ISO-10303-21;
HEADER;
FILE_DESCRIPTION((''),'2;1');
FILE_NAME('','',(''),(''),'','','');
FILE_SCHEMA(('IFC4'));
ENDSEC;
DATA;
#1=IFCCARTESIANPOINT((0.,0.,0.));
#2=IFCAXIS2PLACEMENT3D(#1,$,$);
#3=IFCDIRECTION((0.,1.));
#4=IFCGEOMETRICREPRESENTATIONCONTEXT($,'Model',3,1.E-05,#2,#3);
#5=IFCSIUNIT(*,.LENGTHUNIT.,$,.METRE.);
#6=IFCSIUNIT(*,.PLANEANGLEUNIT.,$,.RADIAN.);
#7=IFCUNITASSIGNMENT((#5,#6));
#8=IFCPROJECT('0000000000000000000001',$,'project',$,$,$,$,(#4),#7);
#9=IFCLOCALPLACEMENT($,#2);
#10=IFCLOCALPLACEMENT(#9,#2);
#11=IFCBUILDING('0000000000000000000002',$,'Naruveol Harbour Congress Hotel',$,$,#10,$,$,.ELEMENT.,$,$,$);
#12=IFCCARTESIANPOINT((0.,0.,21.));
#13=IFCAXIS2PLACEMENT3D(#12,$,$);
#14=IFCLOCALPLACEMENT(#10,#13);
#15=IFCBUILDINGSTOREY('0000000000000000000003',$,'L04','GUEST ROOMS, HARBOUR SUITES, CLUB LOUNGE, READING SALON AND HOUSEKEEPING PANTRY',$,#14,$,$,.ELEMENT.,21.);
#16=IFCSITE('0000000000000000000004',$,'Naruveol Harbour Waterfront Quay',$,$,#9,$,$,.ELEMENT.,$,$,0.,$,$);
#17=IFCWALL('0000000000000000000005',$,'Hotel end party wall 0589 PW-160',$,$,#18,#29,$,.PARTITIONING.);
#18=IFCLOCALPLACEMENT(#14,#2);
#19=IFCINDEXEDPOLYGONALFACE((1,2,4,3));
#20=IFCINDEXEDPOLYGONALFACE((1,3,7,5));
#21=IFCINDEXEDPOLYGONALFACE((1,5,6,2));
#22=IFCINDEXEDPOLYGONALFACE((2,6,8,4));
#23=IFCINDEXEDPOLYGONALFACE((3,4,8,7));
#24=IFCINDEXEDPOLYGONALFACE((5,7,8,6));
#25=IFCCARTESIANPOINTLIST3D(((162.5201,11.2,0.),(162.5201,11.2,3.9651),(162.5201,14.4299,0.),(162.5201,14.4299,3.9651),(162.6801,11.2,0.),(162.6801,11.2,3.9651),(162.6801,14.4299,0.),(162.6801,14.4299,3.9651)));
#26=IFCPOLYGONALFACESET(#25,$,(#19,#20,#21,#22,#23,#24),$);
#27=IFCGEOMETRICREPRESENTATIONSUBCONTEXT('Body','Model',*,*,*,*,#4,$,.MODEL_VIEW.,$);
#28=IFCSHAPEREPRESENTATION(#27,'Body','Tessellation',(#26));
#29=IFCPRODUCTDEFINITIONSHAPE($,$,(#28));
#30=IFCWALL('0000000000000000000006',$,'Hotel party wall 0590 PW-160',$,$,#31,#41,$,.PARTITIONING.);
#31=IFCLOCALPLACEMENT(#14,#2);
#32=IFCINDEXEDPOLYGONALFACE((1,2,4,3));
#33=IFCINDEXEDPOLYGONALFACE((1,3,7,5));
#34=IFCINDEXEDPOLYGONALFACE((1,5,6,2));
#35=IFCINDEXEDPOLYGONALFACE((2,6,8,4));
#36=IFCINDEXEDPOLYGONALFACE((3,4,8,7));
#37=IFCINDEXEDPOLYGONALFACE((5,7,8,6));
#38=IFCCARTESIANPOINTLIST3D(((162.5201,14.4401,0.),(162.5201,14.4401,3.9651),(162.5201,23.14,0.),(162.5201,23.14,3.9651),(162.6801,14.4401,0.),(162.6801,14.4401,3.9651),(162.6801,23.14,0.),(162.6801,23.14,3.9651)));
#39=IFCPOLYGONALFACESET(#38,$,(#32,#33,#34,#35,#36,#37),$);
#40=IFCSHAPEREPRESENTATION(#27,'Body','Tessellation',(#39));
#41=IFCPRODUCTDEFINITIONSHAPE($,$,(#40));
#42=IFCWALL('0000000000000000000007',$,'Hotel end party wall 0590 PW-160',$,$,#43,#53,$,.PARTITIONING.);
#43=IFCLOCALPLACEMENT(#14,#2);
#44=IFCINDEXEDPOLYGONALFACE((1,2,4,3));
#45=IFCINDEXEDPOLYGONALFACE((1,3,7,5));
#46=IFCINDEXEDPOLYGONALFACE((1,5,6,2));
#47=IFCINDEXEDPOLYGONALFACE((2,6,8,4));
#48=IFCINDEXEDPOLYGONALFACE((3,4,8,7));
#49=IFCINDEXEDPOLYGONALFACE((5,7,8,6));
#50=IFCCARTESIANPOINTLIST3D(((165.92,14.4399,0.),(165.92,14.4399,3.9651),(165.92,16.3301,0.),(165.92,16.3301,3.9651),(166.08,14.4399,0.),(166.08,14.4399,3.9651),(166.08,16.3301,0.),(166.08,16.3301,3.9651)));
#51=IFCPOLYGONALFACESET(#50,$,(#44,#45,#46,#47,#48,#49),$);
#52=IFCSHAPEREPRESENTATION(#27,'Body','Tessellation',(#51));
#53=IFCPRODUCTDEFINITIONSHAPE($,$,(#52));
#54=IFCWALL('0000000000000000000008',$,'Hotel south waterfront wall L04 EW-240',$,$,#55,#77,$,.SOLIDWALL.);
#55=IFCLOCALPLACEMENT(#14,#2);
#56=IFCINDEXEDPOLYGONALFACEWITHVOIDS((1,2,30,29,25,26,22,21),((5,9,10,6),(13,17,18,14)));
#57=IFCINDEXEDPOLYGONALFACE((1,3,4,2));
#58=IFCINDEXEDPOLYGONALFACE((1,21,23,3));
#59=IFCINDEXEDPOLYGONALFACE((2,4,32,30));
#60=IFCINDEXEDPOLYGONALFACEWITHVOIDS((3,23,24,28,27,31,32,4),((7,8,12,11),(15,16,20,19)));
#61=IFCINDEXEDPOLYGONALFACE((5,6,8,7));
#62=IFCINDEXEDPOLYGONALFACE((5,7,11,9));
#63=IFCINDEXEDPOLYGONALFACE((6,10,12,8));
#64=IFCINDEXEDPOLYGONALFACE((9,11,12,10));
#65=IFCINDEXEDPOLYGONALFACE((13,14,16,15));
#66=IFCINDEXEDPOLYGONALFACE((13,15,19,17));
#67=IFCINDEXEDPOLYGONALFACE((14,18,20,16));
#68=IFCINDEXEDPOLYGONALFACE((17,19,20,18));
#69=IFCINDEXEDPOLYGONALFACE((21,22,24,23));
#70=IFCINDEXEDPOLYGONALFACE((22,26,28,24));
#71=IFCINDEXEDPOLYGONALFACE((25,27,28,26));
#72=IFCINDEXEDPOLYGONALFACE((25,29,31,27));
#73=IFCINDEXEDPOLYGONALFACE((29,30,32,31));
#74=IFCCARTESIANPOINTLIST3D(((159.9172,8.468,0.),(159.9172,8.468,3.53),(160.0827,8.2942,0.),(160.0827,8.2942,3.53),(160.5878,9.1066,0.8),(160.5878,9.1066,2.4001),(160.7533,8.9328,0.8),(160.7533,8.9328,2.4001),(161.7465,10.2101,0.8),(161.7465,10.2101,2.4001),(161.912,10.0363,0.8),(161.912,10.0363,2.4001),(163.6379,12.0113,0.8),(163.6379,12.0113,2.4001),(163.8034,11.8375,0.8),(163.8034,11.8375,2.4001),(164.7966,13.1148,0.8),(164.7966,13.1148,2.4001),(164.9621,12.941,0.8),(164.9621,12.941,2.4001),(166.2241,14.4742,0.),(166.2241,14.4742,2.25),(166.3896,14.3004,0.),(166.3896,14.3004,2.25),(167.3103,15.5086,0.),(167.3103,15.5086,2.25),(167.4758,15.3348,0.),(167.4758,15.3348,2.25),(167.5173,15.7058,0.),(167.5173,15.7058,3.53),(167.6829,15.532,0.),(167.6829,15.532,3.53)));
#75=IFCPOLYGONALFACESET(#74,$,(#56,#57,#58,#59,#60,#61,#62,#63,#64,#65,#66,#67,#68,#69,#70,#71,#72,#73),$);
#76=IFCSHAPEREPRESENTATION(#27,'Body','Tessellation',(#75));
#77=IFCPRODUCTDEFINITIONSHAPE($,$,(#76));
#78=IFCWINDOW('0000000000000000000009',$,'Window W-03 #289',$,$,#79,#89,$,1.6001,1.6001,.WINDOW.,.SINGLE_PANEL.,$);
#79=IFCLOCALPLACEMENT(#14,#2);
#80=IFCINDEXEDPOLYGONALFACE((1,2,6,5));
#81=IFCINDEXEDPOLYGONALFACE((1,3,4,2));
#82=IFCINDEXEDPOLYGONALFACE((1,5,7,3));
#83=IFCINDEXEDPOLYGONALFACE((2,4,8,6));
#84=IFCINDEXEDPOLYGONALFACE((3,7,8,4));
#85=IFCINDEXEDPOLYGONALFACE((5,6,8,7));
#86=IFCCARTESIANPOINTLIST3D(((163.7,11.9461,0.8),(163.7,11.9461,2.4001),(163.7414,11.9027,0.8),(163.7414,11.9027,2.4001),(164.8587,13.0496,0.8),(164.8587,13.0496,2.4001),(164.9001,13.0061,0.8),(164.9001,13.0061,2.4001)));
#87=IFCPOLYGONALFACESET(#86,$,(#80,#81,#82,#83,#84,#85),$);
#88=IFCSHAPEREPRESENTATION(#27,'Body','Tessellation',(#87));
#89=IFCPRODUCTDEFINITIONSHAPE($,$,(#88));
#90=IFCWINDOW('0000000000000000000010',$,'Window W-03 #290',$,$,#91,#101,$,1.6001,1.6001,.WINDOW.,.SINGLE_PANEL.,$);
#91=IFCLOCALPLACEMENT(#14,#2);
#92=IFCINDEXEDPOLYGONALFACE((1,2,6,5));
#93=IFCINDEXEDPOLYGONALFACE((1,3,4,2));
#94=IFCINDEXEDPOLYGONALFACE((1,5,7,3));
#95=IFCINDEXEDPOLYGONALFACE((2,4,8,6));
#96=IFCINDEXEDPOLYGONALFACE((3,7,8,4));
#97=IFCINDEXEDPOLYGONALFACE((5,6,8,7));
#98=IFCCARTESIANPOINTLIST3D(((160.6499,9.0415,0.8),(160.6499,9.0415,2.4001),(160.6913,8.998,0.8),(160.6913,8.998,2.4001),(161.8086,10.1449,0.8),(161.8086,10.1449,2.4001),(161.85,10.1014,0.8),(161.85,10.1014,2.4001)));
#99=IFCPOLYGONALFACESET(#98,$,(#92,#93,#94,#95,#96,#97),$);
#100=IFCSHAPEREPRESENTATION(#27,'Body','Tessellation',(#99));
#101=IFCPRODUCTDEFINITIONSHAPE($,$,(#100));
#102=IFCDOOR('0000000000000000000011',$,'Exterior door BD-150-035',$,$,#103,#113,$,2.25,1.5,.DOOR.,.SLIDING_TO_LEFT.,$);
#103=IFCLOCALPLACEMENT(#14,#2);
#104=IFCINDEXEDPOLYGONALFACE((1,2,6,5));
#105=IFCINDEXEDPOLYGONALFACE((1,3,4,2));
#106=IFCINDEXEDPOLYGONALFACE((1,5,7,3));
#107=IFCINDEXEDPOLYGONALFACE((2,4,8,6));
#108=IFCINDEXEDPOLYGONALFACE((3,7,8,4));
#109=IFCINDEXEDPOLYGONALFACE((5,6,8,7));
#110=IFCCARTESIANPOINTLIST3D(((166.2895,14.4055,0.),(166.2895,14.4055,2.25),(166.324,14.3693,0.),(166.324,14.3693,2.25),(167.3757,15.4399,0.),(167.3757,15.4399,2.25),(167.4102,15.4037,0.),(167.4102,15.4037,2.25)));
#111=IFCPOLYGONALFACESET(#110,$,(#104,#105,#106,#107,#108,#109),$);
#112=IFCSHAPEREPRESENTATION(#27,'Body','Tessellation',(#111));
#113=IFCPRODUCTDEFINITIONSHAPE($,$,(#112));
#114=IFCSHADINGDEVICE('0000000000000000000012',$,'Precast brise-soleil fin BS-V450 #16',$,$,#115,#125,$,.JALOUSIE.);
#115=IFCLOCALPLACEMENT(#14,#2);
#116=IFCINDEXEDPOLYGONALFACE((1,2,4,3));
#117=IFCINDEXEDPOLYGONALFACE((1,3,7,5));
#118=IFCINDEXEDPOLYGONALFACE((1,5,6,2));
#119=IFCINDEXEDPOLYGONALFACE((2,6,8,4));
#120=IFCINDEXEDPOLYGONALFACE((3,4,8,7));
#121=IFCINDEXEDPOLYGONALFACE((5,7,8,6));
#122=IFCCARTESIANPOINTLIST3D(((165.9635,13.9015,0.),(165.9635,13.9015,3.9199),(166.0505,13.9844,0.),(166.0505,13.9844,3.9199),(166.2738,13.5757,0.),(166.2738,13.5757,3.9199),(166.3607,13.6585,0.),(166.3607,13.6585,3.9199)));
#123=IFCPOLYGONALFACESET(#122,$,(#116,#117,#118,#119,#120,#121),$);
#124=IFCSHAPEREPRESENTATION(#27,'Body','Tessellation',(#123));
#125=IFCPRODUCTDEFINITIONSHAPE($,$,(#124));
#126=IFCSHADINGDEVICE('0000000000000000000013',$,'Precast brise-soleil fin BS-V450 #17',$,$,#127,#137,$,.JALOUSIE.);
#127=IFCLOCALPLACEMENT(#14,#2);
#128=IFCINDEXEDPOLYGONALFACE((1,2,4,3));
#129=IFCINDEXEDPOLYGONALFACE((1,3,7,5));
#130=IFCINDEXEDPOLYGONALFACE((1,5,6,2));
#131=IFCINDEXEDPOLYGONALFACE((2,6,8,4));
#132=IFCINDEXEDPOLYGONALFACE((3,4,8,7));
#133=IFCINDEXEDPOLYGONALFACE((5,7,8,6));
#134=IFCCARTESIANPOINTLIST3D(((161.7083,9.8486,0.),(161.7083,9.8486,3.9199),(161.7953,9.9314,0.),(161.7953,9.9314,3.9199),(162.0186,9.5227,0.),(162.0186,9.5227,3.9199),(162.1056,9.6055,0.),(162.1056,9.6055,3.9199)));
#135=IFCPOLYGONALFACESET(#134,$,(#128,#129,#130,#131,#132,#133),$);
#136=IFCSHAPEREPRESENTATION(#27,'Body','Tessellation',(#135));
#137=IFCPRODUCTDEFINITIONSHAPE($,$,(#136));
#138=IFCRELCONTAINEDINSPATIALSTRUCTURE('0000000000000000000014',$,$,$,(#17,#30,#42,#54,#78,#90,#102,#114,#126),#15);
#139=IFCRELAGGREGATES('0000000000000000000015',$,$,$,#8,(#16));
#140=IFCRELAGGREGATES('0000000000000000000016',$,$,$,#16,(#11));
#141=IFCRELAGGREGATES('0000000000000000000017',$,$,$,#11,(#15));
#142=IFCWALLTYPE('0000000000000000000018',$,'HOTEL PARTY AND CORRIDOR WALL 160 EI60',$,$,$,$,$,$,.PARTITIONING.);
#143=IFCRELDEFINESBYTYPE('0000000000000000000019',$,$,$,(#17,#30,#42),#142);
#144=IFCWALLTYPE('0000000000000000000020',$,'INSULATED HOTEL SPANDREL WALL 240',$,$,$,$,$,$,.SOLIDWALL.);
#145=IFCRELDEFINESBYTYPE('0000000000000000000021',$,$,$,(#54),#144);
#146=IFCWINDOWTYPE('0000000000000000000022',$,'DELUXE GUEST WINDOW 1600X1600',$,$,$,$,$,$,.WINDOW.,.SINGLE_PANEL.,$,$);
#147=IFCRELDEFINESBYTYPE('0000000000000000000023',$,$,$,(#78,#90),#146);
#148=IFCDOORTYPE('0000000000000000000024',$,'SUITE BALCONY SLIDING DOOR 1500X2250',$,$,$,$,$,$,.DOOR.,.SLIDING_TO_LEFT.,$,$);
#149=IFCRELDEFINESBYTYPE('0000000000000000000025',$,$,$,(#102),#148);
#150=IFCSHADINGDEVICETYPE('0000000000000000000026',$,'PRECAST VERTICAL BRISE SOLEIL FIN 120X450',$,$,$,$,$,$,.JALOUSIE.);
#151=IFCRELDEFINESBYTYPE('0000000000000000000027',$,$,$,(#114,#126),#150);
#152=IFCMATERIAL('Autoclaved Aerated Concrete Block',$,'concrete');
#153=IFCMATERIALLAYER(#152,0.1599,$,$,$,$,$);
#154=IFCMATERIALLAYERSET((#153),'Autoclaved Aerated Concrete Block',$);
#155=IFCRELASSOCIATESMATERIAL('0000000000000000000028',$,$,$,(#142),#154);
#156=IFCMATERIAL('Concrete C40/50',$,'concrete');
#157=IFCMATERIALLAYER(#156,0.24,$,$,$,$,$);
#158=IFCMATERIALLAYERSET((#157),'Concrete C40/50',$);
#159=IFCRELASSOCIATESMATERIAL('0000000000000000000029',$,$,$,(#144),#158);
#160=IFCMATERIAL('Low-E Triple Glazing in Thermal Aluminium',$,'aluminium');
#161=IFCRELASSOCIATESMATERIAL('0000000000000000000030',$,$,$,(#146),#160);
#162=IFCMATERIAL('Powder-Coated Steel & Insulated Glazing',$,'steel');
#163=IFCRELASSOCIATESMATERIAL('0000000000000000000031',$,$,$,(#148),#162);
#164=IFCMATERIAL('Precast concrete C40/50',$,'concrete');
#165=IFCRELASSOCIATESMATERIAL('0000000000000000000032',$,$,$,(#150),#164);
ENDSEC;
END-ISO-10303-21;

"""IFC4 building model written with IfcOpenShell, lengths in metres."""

from ifc_helpers import new_model, si_unit, direction, frame, frame_2d, origin, origin_2d, place, context, subcontext, project, spatial, rectangle, extrude, material, layer, layer_set, type_object, element, fill, save


model = new_model("IFC4")

# Units and contexts
model_context = context("Model", 3, precision=1e-05, world=origin(), true_north=direction((0.0, 1.0)))
body_context = subcontext(model_context, "Body", "Model", "MODEL_VIEW")
ifc_project = project(units=[si_unit("LENGTHUNIT", "METRE"), si_unit("PLANEANGLEUNIT", "RADIAN")], contexts=[model_context])

# Site, building, storey
site_placement = place(None, origin())
site = spatial("IfcSite", under=ifc_project, at=site_placement, Name="Naruveol Harbour Waterfront Quay", CompositionType="ELEMENT", RefElevation=0.0)
building_placement = place(site_placement, origin())
building = spatial("IfcBuilding", under=site, at=building_placement, Name="Naruveol Harbour Congress Hotel", CompositionType="ELEMENT")
storey_placement = place(building_placement, frame((0.0, 0.0, 21.0)))
storey = spatial("IfcBuildingStorey", under=building, at=storey_placement, Name="L04", Description="GUEST ROOMS, HARBOUR SUITES, CLUB LOUNGE, READING SALON AND HOUSEKEEPING PANTRY", CompositionType="ELEMENT", Elevation=21.0)

# Shared definitions
ifc_material_1 = material(Name="Autoclaved Aerated Concrete Block", Category="concrete")
ifc_layer_1 = layer(ifc_material_1, 0.1599)
ifc_layer_set_1 = layer_set([ifc_layer_1], Name="Autoclaved Aerated Concrete Block")
wall_type_1 = type_object("IfcWallType", Name="HOTEL PARTY AND CORRIDOR WALL 160 EI60", PredefinedType="PARTITIONING", material=ifc_layer_set_1)

# Walls
wall_1_placement = place(storey_placement, frame((162.6001, 11.2, 0.0), z_axis=(0.0, 0.0, 1.0), x_axis=(0.0, 1.0, 0.0)))
element("IfcWall", 1, at=wall_1_placement, inside=storey, type_object=wall_type_1, Name="Hotel end party wall 0589 PW-160", PredefinedType="PARTITIONING", context=body_context, shape_type="SweptSolid", body=[
    extrude(rectangle(XDim=3.23, YDim=0.1599, at=frame_2d((1.615, 0.0))), origin(), (0.0, 0.0, 1.0), 3.9651),
])
wall_2_placement = place(storey_placement, frame((162.6001, 14.4399, 0.0), z_axis=(0.0, 0.0, 1.0), x_axis=(0.0, 1.0, 0.0)))
element("IfcWall", 2, at=wall_2_placement, inside=storey, type_object=wall_type_1, Name="Hotel party wall 0590 PW-160", PredefinedType="PARTITIONING", context=body_context, shape_type="SweptSolid", body=[
    extrude(rectangle(XDim=8.7, YDim=0.1599, at=frame_2d((4.3501, 0.0))), origin(), (0.0, 0.0, 1.0), 3.9651),
])
wall_3_placement = place(storey_placement, frame((166.0, 14.4399, 0.0), z_axis=(0.0, 0.0, 1.0), x_axis=(0.0, 1.0, 0.0)))
element("IfcWall", 3, at=wall_3_placement, inside=storey, type_object=wall_type_1, Name="Hotel end party wall 0590 PW-160", PredefinedType="PARTITIONING", context=body_context, shape_type="SweptSolid", body=[
    extrude(rectangle(XDim=1.8901, YDim=0.1599, at=frame_2d((0.9451, 0.0))), origin(), (0.0, 0.0, 1.0), 3.9651),
])

# Wall, openings, windows, door
ifc_material_2 = material(Name="Concrete C40/50", Category="concrete")
ifc_layer_2 = layer(ifc_material_2, 0.24)
ifc_layer_set_2 = layer_set([ifc_layer_2], Name="Concrete C40/50")
wall_type_2 = type_object("IfcWallType", Name="INSULATED HOTEL SPANDREL WALL 240", PredefinedType="SOLIDWALL", material=ifc_layer_set_2)
wall_4_placement = place(storey_placement, frame((167.6001, 15.6189, 0.0), z_axis=(0.0, 0.0, 1.0), x_axis=(-0.724157, -0.689635, 0.0)))
wall_4 = element("IfcWall", 4, at=wall_4_placement, inside=storey, type_object=wall_type_2, Name="Hotel south waterfront wall L04 EW-240", PredefinedType="SOLIDWALL", context=body_context, shape_type="SweptSolid", body=[
    extrude(rectangle(XDim=10.4951, YDim=0.24, at=frame_2d((5.2476, 0.0))), origin(), (0.0, 0.0, 1.0), 3.53),
])
opening_1_placement = place(wall_4_placement, frame((0.2859, 0.0, 0.0)))
opening_1 = element("IfcOpeningElement", 5, at=opening_1_placement, cuts=wall_4, PredefinedType="OPENING", context=body_context, shape_type="SweptSolid", body=[
    extrude(rectangle(XDim=1.5, YDim=2.25, at=frame_2d((0.75, 1.125))), frame((0.0, 0.1299, 0.0), z_axis=(0.0, -1.0, 0.0), x_axis=(1.0, 0.0, 0.0)), (0.0, 0.0, 1.0), 0.26),
])
opening_2_placement = place(wall_4_placement, frame((3.7571, 0.0, 0.8)))
opening_2 = element("IfcOpeningElement", 6, at=opening_2_placement, cuts=wall_4, PredefinedType="OPENING", context=body_context, shape_type="SweptSolid", body=[
    extrude(rectangle(XDim=1.6001, YDim=1.6001, at=frame_2d((0.8, 0.8))), frame((0.0, 0.1299, 0.0), z_axis=(0.0, -1.0, 0.0), x_axis=(1.0, 0.0, 0.0)), (0.0, 0.0, 1.0), 0.26),
])
opening_3_placement = place(wall_4_placement, frame((7.969, 0.0, 0.8)))
opening_3 = element("IfcOpeningElement", 7, at=opening_3_placement, cuts=wall_4, PredefinedType="OPENING", context=body_context, shape_type="SweptSolid", body=[
    extrude(rectangle(XDim=1.6001, YDim=1.6001, at=frame_2d((0.8, 0.8))), frame((0.0, 0.1299, 0.0), z_axis=(0.0, -1.0, 0.0), x_axis=(1.0, 0.0, 0.0)), (0.0, 0.0, 1.0), 0.26),
])
ifc_material_3 = material(Name="Low-E Triple Glazing in Thermal Aluminium", Category="aluminium")
window_type = type_object("IfcWindowType", Name="DELUXE GUEST WINDOW 1600X1600", PartitioningType="SINGLE_PANEL", PredefinedType="WINDOW", material=ifc_material_3)
window_1_placement = place(opening_2_placement, origin())
window_1 = element("IfcWindow", 8, at=window_1_placement, inside=storey, type_object=window_type, Name="Window W-03 #289", OverallHeight=1.6001, OverallWidth=1.6001, PartitioningType="SINGLE_PANEL", PredefinedType="WINDOW", context=body_context, shape_type="SweptSolid", body=[
    extrude(rectangle(XDim=1.6001, YDim=1.6001, at=frame_2d((0.8, 0.8))), frame((0.0, 0.03, 0.0), z_axis=(0.0, -1.0, 0.0), x_axis=(1.0, 0.0, 0.0)), (0.0, 0.0, 1.0), 0.0601),
])
fill(opening_2, window_1)
window_2_placement = place(opening_3_placement, origin())
window_2 = element("IfcWindow", 9, at=window_2_placement, inside=storey, type_object=window_type, Name="Window W-03 #290", OverallHeight=1.6001, OverallWidth=1.6001, PartitioningType="SINGLE_PANEL", PredefinedType="WINDOW", context=body_context, shape_type="SweptSolid", body=[
    extrude(rectangle(XDim=1.6001, YDim=1.6001, at=frame_2d((0.8, 0.8))), frame((0.0, 0.03, 0.0), z_axis=(0.0, -1.0, 0.0), x_axis=(1.0, 0.0, 0.0)), (0.0, 0.0, 1.0), 0.0601),
])
fill(opening_3, window_2)
ifc_material_4 = material(Name="Powder-Coated Steel & Insulated Glazing", Category="steel")
door_type_1 = type_object("IfcDoorType", Name="SUITE BALCONY SLIDING DOOR 1500X2250", OperationType="SLIDING_TO_LEFT", PredefinedType="DOOR", material=ifc_material_4)
door_1_placement = place(opening_1_placement, origin())
door_1 = element("IfcDoor", 10, at=door_1_placement, inside=storey, type_object=door_type_1, Name="Exterior door BD-150-035", OperationType="SLIDING_TO_LEFT", OverallHeight=2.25, OverallWidth=1.5, PredefinedType="DOOR", context=body_context, shape_type="SweptSolid", body=[
    extrude(rectangle(XDim=1.5, YDim=2.25, at=frame_2d((0.75, 1.125))), frame((0.0, 0.0249, 0.0), z_axis=(0.0, -1.0, 0.0), x_axis=(1.0, 0.0, 0.0)), (0.0, 0.0, 1.0), 0.05),
])
fill(opening_1, door_1)

# Shading devices
ifc_material_5 = material(Name="Precast concrete C40/50", Category="concrete")
shading_device_type = type_object("IfcShadingDeviceType", Name="PRECAST VERTICAL BRISE SOLEIL FIN 120X450", PredefinedType="JALOUSIE", material=ifc_material_5)
for number, where, z_axis, x_axis, name in (
    (11, (166.1621, 13.78, 0.0), (0.0, 0.0, 1.0), (-0.724172, -0.68962, 0.0), "Precast brise-soleil fin BS-V450 #16"),
    (12, (161.907, 9.7271, 0.0), (0.0, 0.0, 1.0), (-0.724172, -0.68962, 0.0), "Precast brise-soleil fin BS-V450 #17"),
):
    element("IfcShadingDevice", number, at=place(storey_placement, frame(where, z_axis=z_axis, x_axis=x_axis)), inside=storey, type_object=shading_device_type, Name=name, PredefinedType="JALOUSIE", context=body_context, shape_type="SweptSolid", body=[
        extrude(rectangle(XDim=0.1201, YDim=0.45, at=origin_2d()), origin(), (0.0, 0.0, 1.0), 3.9199),
    ])

save(model, "model.ifc")
